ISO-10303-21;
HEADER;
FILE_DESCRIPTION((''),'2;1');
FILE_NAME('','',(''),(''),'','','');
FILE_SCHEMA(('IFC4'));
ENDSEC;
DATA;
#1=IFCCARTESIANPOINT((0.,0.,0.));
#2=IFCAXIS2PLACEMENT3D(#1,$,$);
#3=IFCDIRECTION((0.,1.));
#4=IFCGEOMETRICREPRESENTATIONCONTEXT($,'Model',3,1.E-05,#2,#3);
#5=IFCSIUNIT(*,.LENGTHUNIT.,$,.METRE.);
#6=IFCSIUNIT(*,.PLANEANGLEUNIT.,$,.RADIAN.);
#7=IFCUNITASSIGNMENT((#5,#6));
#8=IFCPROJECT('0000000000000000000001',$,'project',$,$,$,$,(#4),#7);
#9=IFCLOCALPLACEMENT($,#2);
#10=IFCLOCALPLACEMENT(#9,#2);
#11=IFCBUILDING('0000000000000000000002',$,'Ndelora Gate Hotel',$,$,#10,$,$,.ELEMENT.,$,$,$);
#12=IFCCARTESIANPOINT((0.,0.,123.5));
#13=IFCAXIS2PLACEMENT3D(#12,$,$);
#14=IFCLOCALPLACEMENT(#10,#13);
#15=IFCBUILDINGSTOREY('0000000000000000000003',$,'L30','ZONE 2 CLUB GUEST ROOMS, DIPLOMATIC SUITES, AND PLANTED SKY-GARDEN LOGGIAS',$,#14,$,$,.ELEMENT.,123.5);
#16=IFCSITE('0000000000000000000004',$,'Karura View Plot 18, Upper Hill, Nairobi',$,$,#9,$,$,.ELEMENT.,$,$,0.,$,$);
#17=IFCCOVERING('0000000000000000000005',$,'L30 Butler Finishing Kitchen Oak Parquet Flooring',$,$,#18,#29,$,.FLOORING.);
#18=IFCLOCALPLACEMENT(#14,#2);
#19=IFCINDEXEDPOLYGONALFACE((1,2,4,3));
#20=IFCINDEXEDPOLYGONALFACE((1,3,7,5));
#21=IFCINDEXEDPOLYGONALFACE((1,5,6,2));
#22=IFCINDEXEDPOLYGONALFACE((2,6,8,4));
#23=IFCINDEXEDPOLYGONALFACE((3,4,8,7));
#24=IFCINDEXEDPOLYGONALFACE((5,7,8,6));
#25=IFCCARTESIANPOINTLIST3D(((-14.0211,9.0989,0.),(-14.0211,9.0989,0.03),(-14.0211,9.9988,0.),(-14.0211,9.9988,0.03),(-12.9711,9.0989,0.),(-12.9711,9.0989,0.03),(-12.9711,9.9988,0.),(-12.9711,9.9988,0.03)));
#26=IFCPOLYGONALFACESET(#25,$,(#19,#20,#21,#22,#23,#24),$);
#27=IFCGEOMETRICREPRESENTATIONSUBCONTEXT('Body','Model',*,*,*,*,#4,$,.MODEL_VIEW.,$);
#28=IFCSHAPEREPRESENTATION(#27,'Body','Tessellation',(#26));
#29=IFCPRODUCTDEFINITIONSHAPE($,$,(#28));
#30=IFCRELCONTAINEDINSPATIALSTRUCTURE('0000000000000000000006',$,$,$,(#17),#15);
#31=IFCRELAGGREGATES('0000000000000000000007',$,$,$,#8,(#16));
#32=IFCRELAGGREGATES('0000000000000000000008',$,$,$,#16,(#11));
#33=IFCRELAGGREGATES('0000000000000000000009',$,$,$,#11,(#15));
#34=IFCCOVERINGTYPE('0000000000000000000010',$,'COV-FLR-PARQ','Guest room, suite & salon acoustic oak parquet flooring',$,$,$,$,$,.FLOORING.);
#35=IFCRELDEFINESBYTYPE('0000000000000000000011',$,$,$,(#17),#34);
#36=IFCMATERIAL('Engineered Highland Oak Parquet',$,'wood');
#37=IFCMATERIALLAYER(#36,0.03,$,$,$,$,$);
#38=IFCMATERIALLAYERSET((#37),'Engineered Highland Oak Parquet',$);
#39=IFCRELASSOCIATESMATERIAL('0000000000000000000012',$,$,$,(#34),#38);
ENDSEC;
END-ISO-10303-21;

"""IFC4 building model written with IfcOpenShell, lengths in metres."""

from ifc_helpers import new_model, si_unit, direction, frame, origin, origin_2d, place, context, subcontext, project, spatial, rectangle, extrude, material, layer, layer_set, type_object, element, save


model = new_model("IFC4")

# Units and contexts
model_context = context("Model", 3, precision=1e-05, world=origin(), true_north=direction((0.0, 1.0)))
body_context = subcontext(model_context, "Body", "Model", "MODEL_VIEW")
ifc_project = project(units=[si_unit("LENGTHUNIT", "METRE"), si_unit("PLANEANGLEUNIT", "RADIAN")], contexts=[model_context])

# Site, building, storey
site_placement = place(None, origin())
site = spatial("IfcSite", under=ifc_project, at=site_placement, Name="Karura View Plot 18, Upper Hill, Nairobi", CompositionType="ELEMENT", RefElevation=0.0)
building_placement = place(site_placement, origin())
building = spatial("IfcBuilding", under=site, at=building_placement, Name="Ndelora Gate Hotel", CompositionType="ELEMENT")
storey_placement = place(building_placement, frame((0.0, 0.0, 123.5)))
storey = spatial("IfcBuildingStorey", under=building, at=storey_placement, Name="L30", Description="ZONE 2 CLUB GUEST ROOMS, DIPLOMATIC SUITES, AND PLANTED SKY-GARDEN LOGGIAS", CompositionType="ELEMENT", Elevation=123.5)

# Covering
ifc_material_1 = material(Name="Engineered Highland Oak Parquet", Category="wood")
ifc_layer_1 = layer(ifc_material_1, 0.03)
ifc_layer_set_1 = layer_set([ifc_layer_1], Name="Engineered Highland Oak Parquet")
covering_type_1 = type_object("IfcCoveringType", Name="COV-FLR-PARQ", Description="Guest room, suite & salon acoustic oak parquet flooring", PredefinedType="FLOORING", material=ifc_layer_set_1)
for number, where, z_axis, x_axis, name in (
    (1, (-13.4961, 9.5488, 0.0), (0.0, 0.0, 1.0), (1.0, 0.0, 0.0), "L30 Butler Finishing Kitchen Oak Parquet Flooring"),
):
    element("IfcCovering", number, at=place(storey_placement, frame(where, z_axis=z_axis, x_axis=x_axis)), inside=storey, type_object=covering_type_1, Name=name, PredefinedType="FLOORING", context=body_context, shape_type="SweptSolid", body=[
        extrude(rectangle(XDim=1.05, YDim=0.8999, at=origin_2d()), origin(), (0.0, 0.0, 1.0), 0.03),
    ])

save(model, "model.ifc")
